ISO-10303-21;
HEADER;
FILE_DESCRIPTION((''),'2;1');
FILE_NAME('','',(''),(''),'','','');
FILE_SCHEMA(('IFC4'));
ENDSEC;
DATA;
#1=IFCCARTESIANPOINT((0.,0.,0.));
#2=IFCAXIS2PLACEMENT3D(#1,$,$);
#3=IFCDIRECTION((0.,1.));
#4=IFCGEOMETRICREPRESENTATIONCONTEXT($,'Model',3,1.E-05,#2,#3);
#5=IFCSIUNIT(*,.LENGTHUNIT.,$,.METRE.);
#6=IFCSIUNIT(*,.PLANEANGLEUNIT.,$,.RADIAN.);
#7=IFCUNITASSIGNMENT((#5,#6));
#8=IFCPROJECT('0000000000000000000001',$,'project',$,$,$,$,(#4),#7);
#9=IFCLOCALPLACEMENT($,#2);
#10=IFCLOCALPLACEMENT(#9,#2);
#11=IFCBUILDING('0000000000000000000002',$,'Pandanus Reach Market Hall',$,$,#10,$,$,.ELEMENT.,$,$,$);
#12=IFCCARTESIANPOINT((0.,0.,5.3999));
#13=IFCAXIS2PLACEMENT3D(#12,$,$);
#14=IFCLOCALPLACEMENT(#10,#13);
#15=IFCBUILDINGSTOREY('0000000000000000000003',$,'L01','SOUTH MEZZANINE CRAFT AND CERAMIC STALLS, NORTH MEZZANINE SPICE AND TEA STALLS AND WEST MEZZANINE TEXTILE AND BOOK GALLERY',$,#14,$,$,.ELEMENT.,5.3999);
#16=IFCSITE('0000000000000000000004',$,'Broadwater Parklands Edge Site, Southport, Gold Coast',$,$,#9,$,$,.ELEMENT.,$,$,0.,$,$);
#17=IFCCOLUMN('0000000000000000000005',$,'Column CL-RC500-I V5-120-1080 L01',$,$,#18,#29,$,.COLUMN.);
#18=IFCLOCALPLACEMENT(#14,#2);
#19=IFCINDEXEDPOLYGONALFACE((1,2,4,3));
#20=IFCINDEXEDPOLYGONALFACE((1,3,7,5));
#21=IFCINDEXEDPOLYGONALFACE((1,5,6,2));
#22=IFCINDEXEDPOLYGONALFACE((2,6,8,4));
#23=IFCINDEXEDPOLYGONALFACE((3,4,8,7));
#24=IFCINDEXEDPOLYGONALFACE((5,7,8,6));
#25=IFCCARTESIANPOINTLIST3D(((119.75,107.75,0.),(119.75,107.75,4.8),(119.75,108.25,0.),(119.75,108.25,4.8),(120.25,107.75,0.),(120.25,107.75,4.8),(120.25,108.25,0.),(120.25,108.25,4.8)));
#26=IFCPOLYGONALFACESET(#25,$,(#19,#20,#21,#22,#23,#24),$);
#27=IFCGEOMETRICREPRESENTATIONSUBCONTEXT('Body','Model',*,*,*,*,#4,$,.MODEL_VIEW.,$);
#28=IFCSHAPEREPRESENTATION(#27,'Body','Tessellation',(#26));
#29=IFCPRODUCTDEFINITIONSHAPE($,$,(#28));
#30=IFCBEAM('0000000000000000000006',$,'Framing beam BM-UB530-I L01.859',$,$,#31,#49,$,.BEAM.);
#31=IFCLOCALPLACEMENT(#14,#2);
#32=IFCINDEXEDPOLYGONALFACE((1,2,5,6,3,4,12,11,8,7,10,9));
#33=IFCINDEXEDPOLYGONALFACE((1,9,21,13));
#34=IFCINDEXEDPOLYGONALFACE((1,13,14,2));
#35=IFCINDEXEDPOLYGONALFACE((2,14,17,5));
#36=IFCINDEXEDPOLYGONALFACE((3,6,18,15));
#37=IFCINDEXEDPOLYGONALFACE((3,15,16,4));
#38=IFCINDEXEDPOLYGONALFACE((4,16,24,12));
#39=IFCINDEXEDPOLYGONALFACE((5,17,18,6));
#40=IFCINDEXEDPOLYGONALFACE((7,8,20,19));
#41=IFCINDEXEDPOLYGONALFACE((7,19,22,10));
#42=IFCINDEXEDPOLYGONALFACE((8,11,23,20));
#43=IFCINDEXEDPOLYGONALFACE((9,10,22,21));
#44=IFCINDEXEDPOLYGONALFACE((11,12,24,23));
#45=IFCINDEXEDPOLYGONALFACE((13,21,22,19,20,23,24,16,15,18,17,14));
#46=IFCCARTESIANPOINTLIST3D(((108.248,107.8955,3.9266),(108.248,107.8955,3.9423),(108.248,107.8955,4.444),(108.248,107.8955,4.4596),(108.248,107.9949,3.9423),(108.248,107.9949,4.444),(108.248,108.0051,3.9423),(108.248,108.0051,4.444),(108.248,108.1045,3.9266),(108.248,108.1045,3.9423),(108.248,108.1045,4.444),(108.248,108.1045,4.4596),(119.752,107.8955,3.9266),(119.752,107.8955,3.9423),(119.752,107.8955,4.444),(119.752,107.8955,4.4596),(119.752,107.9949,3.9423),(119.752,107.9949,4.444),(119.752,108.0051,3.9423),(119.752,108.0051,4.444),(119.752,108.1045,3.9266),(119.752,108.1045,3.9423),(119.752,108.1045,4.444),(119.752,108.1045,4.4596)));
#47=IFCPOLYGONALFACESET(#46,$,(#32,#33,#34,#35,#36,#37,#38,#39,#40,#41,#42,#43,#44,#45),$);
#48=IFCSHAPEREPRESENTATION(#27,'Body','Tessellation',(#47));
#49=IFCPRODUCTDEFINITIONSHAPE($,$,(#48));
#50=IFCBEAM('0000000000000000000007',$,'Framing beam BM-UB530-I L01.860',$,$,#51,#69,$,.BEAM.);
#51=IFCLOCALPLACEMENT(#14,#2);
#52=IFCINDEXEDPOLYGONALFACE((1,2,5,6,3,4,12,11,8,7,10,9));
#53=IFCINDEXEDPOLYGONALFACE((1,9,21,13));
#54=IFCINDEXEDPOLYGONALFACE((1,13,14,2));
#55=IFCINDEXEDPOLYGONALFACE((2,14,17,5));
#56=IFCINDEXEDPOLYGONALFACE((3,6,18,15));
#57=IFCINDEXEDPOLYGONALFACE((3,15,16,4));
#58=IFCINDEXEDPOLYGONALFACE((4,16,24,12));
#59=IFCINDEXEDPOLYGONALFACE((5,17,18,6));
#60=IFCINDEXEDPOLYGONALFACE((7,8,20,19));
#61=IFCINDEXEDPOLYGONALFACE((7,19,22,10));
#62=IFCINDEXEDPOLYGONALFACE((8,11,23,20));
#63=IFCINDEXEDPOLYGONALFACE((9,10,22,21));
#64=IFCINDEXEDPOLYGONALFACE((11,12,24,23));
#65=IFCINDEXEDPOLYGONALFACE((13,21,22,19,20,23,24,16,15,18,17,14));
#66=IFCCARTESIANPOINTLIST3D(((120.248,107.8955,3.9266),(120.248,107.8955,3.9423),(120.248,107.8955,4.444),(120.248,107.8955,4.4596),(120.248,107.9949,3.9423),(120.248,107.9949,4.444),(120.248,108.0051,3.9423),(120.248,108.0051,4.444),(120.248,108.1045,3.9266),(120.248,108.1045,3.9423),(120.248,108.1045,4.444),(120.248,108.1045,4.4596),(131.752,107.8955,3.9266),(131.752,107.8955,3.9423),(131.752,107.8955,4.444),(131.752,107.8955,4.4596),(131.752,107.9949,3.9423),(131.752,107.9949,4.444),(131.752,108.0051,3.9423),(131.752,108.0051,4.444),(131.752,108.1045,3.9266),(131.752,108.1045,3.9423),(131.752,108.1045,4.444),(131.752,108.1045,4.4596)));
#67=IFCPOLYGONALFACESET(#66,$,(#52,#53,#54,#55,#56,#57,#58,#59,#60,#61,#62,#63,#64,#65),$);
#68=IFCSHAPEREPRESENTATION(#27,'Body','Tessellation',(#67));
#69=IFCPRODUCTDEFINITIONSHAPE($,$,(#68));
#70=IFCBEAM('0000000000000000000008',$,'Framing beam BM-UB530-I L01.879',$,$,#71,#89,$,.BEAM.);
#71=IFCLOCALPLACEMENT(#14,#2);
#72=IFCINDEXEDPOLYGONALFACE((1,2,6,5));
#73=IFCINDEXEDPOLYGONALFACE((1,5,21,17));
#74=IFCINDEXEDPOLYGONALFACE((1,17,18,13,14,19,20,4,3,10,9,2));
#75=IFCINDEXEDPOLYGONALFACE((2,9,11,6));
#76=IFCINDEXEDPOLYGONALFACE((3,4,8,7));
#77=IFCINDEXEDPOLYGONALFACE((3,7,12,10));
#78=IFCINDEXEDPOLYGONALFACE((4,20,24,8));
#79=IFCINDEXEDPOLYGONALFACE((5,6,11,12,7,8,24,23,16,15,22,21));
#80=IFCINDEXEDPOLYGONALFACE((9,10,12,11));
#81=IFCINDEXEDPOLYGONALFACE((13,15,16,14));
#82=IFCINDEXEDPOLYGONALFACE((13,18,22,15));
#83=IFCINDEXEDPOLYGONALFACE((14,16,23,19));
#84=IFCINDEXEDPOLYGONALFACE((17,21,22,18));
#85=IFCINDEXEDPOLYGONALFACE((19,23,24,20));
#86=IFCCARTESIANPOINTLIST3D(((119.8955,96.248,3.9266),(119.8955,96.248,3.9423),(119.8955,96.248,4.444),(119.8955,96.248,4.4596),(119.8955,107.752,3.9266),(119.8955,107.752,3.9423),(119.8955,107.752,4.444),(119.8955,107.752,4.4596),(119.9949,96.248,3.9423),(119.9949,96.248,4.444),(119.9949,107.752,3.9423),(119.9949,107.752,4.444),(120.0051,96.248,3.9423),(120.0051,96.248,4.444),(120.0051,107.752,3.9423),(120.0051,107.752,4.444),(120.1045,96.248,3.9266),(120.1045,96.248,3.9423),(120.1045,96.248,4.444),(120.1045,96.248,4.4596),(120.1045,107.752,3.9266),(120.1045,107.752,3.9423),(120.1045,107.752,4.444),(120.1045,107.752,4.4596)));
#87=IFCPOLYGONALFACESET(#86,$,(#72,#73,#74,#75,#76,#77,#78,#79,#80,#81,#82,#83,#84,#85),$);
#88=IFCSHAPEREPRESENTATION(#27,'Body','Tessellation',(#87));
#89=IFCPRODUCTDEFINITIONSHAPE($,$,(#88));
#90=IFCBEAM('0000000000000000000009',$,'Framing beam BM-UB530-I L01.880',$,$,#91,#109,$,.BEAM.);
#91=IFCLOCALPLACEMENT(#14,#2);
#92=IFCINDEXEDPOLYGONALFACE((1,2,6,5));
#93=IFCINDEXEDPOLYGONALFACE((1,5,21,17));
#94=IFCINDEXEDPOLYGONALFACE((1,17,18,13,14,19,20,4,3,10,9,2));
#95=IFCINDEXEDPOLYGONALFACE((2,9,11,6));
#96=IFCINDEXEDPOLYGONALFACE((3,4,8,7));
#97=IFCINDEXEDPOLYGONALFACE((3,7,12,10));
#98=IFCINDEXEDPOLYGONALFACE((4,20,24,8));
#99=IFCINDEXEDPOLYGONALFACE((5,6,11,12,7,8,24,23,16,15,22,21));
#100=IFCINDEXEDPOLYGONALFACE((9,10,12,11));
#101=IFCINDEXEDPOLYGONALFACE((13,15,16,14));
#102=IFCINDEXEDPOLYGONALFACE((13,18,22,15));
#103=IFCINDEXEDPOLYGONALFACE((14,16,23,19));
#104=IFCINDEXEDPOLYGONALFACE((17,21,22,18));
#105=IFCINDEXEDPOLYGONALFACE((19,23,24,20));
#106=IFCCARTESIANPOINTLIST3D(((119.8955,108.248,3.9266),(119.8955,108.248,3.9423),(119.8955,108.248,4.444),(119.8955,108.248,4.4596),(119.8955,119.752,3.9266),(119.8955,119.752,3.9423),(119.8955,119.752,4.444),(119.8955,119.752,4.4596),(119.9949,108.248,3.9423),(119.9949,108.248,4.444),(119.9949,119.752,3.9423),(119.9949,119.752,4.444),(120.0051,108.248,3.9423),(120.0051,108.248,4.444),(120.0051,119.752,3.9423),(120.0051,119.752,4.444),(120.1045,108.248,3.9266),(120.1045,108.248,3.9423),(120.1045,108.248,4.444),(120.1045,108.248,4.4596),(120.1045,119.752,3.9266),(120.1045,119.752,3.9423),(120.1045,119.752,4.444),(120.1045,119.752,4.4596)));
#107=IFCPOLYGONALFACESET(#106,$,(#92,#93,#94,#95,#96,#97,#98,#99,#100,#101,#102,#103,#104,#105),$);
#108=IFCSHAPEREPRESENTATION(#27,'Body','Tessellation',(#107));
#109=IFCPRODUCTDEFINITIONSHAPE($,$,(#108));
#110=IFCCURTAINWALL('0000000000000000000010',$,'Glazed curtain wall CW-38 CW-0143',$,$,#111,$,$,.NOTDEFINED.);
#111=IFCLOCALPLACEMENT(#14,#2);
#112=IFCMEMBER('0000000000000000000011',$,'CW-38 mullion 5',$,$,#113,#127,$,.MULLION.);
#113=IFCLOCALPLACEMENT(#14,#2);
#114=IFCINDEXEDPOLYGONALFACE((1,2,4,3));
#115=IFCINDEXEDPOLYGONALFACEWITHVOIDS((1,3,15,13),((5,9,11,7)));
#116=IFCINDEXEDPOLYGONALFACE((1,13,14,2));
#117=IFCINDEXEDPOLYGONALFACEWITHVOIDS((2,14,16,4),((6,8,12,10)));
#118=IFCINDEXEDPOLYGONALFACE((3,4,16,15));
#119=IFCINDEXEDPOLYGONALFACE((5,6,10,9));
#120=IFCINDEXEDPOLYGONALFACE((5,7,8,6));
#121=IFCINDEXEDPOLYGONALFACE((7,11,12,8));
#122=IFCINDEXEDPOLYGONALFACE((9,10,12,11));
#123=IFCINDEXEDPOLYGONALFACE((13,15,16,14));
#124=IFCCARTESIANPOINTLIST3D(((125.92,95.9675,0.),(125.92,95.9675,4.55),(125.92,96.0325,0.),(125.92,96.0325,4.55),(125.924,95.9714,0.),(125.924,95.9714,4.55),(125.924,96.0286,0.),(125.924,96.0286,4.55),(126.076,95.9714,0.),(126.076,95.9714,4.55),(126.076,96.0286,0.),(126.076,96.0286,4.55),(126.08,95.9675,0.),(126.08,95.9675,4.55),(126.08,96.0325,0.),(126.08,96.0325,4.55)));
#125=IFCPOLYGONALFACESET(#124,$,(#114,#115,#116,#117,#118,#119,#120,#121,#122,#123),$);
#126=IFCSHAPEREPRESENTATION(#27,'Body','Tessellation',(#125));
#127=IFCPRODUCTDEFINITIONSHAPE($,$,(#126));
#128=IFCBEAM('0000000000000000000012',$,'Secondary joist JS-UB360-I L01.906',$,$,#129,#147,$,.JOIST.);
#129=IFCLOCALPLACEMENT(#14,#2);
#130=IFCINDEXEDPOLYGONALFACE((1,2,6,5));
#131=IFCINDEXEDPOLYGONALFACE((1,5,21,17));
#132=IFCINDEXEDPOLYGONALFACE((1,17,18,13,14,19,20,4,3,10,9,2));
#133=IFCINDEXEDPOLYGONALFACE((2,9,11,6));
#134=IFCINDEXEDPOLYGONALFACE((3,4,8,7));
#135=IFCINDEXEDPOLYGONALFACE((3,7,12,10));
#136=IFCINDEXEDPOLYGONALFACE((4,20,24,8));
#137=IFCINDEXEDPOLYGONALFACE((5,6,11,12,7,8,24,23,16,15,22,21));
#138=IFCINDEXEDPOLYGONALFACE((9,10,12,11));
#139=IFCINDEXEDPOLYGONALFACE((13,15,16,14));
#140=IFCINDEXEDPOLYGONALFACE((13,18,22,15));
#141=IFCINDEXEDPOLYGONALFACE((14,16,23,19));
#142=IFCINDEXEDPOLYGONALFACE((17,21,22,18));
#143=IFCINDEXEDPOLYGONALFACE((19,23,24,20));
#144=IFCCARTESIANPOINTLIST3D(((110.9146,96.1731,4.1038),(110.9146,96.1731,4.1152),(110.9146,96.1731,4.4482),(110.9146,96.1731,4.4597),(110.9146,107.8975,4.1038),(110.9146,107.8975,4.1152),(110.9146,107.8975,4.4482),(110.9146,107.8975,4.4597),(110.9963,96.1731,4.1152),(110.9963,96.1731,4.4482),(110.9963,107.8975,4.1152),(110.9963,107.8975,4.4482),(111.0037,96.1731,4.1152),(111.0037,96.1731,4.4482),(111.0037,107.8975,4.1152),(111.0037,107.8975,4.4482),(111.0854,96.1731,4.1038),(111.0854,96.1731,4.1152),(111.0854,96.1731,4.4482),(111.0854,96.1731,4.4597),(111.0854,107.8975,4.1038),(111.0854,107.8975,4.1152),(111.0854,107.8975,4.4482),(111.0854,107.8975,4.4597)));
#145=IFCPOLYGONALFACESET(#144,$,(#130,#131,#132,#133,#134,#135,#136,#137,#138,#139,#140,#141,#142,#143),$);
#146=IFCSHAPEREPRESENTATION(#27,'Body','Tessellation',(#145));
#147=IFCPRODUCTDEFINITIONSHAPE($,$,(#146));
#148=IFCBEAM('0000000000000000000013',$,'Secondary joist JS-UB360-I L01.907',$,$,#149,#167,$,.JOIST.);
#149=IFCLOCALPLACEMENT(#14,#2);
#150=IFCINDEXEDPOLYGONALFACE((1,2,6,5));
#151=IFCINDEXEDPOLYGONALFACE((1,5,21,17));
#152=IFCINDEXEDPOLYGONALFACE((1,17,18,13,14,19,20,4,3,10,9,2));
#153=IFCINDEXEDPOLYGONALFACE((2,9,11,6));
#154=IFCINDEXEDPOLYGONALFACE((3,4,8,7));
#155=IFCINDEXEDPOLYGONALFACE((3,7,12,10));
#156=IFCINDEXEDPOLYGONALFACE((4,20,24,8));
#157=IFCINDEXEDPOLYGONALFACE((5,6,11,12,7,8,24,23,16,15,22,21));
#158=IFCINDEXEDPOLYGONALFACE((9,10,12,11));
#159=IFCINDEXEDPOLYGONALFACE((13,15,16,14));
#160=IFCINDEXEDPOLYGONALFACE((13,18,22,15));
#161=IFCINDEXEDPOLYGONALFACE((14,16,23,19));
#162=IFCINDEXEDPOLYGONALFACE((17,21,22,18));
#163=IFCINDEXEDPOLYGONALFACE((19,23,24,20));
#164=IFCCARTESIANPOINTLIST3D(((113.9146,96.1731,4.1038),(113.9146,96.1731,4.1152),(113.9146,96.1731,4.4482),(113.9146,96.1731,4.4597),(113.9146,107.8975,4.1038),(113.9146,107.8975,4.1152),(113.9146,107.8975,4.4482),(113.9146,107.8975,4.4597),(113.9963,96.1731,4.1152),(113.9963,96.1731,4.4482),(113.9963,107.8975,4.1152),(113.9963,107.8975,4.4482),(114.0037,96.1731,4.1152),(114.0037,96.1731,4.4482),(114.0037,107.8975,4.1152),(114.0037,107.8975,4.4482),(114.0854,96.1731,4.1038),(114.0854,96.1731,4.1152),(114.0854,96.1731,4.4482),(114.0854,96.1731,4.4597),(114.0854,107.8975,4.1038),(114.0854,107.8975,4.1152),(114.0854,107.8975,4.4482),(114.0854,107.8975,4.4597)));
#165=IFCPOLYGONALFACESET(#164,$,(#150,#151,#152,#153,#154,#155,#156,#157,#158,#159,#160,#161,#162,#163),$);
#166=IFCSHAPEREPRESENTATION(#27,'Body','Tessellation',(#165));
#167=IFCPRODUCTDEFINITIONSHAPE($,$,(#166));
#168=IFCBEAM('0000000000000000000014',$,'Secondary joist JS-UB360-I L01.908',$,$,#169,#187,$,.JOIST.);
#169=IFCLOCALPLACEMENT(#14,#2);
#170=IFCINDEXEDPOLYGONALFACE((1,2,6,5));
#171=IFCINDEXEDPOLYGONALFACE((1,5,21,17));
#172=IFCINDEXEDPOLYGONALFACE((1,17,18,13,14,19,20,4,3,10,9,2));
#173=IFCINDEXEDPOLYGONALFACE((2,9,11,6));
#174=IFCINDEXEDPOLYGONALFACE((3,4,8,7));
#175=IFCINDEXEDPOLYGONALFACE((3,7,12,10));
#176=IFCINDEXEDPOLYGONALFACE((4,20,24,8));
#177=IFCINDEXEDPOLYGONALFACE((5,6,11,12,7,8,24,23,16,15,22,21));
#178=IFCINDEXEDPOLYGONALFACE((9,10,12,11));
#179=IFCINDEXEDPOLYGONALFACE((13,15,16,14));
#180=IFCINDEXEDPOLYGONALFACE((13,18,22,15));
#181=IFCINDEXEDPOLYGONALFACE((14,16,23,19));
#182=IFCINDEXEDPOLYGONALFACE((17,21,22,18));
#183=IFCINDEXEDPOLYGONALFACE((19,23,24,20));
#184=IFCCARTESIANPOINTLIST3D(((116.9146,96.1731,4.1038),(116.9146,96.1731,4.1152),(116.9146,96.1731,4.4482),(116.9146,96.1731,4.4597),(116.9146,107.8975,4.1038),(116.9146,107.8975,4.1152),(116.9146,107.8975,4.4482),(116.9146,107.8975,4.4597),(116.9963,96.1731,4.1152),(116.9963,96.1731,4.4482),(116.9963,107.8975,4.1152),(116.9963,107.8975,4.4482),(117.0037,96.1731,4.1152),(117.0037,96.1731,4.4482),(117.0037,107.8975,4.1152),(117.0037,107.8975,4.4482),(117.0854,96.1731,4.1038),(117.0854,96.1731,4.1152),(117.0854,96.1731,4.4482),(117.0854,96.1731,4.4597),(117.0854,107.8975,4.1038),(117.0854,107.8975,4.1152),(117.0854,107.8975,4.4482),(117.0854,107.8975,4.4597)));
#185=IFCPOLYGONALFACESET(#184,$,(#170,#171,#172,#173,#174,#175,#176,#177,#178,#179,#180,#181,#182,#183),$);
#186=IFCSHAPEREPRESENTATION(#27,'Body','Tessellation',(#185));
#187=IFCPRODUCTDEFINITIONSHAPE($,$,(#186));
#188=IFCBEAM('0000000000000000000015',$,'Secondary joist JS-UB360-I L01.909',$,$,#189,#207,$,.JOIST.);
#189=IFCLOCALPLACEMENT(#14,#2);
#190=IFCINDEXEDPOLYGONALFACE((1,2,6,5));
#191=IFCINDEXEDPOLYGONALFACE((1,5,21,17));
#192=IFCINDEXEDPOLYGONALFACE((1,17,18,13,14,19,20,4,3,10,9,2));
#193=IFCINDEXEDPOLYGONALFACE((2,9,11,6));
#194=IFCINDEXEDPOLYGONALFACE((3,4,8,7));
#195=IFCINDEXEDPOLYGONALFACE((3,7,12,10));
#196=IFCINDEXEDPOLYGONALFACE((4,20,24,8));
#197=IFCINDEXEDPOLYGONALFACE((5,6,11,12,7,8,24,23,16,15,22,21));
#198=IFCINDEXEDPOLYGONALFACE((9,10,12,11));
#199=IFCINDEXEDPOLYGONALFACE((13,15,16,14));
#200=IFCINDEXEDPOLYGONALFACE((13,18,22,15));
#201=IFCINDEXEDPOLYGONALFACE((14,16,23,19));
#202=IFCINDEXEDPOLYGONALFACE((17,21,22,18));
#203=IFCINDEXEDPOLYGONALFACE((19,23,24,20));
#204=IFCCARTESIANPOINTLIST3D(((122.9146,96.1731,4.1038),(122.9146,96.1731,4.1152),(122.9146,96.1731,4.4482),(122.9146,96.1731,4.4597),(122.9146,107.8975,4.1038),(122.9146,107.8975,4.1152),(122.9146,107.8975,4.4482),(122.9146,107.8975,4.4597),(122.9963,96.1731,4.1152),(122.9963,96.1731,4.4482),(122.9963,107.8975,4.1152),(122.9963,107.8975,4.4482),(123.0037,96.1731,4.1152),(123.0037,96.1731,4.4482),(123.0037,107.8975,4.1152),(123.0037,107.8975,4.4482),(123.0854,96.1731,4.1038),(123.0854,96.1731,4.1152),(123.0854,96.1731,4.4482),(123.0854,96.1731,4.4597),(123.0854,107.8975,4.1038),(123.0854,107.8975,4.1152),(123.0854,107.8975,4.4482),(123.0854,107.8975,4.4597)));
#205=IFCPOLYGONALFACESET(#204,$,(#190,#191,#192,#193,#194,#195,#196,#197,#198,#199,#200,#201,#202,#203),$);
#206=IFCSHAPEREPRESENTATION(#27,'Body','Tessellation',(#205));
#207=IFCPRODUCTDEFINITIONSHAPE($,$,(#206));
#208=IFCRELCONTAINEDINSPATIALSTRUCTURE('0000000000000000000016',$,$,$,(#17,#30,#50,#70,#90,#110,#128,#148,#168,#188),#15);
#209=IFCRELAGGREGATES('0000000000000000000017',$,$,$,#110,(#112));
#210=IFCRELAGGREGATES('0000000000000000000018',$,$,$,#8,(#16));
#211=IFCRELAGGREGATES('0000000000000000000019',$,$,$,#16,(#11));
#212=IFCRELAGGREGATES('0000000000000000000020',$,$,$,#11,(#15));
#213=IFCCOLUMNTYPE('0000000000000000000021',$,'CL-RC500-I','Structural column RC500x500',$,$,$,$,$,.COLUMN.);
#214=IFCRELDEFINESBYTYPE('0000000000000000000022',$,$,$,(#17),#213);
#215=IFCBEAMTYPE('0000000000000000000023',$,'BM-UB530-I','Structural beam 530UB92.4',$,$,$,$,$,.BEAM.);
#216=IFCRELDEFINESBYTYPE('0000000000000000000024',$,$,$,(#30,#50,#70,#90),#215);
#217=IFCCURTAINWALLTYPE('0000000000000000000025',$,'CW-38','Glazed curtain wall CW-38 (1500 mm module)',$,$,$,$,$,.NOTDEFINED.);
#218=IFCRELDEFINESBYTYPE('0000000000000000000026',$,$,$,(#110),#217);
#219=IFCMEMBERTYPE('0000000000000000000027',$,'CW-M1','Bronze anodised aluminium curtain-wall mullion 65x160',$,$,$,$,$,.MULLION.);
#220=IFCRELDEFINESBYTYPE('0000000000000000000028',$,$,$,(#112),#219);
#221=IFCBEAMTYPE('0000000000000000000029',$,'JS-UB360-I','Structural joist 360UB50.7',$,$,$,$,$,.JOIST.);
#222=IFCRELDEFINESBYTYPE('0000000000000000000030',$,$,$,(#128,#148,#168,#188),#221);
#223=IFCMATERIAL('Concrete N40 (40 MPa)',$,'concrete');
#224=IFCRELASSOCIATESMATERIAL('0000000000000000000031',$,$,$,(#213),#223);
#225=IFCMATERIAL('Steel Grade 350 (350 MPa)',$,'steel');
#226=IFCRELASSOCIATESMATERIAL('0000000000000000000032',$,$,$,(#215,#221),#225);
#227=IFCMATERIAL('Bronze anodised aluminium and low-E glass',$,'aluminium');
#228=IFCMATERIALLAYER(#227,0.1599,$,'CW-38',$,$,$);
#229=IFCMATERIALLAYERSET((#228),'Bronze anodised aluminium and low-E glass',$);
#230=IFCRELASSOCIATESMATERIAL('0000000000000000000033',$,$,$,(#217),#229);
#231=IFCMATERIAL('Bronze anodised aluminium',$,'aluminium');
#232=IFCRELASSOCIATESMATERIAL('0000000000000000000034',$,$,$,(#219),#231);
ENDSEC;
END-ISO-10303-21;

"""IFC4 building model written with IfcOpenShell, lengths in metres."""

from ifc_helpers import new_model, si_unit, direction, frame, origin, origin_2d, place, context, subcontext, project, spatial, rectangle, hollow_rectangle, i_section, extrude, material, layer, layer_set, material_profile, profile_set, type_object, element, aggregate, save


model = new_model("IFC4")

# Units and contexts
model_context = context("Model", 3, precision=1e-05, world=origin(), true_north=direction((0.0, 1.0)))
body_context = subcontext(model_context, "Body", "Model", "MODEL_VIEW")
ifc_project = project(units=[si_unit("LENGTHUNIT", "METRE"), si_unit("PLANEANGLEUNIT", "RADIAN")], contexts=[model_context])

# Site, building, storey
site_placement = place(None, origin())
site = spatial("IfcSite", under=ifc_project, at=site_placement, Name="Broadwater Parklands Edge Site, Southport, Gold Coast", CompositionType="ELEMENT", RefElevation=0.0)
building_placement = place(site_placement, origin())
building = spatial("IfcBuilding", under=site, at=building_placement, Name="Pandanus Reach Market Hall", CompositionType="ELEMENT")
storey_placement = place(building_placement, frame((0.0, 0.0, 5.3999)))
storey = spatial("IfcBuildingStorey", under=building, at=storey_placement, Name="L01", Description="SOUTH MEZZANINE CRAFT AND CERAMIC STALLS, NORTH MEZZANINE SPICE AND TEA STALLS AND WEST MEZZANINE TEXTILE AND BOOK GALLERY", CompositionType="ELEMENT", Elevation=5.3999)

# Column
ifc_material_1 = material(Name="Concrete N40 (40 MPa)", Category="concrete")
ifc_material_profile_1 = material_profile(ifc_material_1, rectangle(XDim=0.5, YDim=0.5, at=origin_2d()), Name="RC500x500", Category="LoadBearing")
ifc_profile_set_1 = profile_set([ifc_material_profile_1], Name="Concrete N40 (40 MPa)")
column_type = type_object("IfcColumnType", Name="CL-RC500-I", Description="Structural column RC500x500", PredefinedType="COLUMN", material=ifc_profile_set_1)
column_placement = place(storey_placement, frame((120.0, 108.0, 0.0), z_axis=(0.0, 0.0, 1.0), x_axis=(1.0, 0.0, 0.0)))
element("IfcColumn", 1, at=column_placement, inside=storey, type_object=column_type, Name="Column CL-RC500-I V5-120-1080 L01", PredefinedType="COLUMN", context=body_context, shape_type="SweptSolid", body=[
    extrude(rectangle(XDim=0.5, YDim=0.5, at=origin_2d()), origin(), (0.0, 0.0, 1.0), 4.8),
])

# Beams
ifc_material_2 = material(Name="Steel Grade 350 (350 MPa)", Category="steel")
ifc_material_profile_2 = material_profile(ifc_material_2, i_section(OverallWidth=0.209, OverallDepth=0.533, WebThickness=0.0103, FlangeThickness=0.0156, at=origin_2d()), Name="530UB92.4", Category="LoadBearing")
ifc_profile_set_2 = profile_set([ifc_material_profile_2], Name="Steel Grade 350 (350 MPa)")
beam_type_1 = type_object("IfcBeamType", Name="BM-UB530-I", Description="Structural beam 530UB92.4", PredefinedType="BEAM", material=ifc_profile_set_2)
for number, where, z_axis, x_axis, name in (
    (2, (108.248, 108.0, 4.1931), (1.0, 0.0, 0.0), (0.0, 1.0, 0.0), "Framing beam BM-UB530-I L01.859"),
    (3, (120.248, 108.0, 4.1931), (1.0, 0.0, 0.0), (0.0, 1.0, 0.0), "Framing beam BM-UB530-I L01.860"),
    (4, (120.0, 96.248, 4.1931), (0.0, 1.0, 0.0), (-1.0, 0.0, 0.0), "Framing beam BM-UB530-I L01.879"),
    (5, (120.0, 108.248, 4.1931), (0.0, 1.0, 0.0), (-1.0, 0.0, 0.0), "Framing beam BM-UB530-I L01.880"),
):
    element("IfcBeam", number, at=place(storey_placement, frame(where, z_axis=z_axis, x_axis=x_axis)), inside=storey, type_object=beam_type_1, Name=name, PredefinedType="BEAM", context=body_context, shape_type="SweptSolid", body=[
        extrude(i_section(OverallWidth=0.209, OverallDepth=0.533, WebThickness=0.0103, FlangeThickness=0.0156, at=origin_2d()), origin(), (0.0, 0.0, 1.0), 11.5039),
    ])

# Curtain wall, member
ifc_material_3 = material(Name="Bronze anodised aluminium and low-E glass", Category="aluminium")
ifc_layer_1 = layer(ifc_material_3, 0.1599, Name="CW-38")
ifc_layer_set_1 = layer_set([ifc_layer_1], Name="Bronze anodised aluminium and low-E glass")
curtain_wall_type = type_object("IfcCurtainWallType", Name="CW-38", Description="Glazed curtain wall CW-38 (1500 mm module)", PredefinedType="NOTDEFINED", material=ifc_layer_set_1)
curtain_wall_placement = place(storey_placement, origin())
curtain_wall = element("IfcCurtainWall", 6, at=curtain_wall_placement, inside=storey, type_object=curtain_wall_type, Name="Glazed curtain wall CW-38 CW-0143", PredefinedType="NOTDEFINED")
ifc_material_4 = material(Name="Bronze anodised aluminium", Category="aluminium")
ifc_material_profile_3 = material_profile(ifc_material_4, hollow_rectangle(XDim=0.0649, YDim=0.1599, WallThickness=0.0039, at=origin_2d()), Name="ALU65x160", Category="LoadBearing")
ifc_profile_set_3 = profile_set([ifc_material_profile_3], Name="Bronze anodised aluminium")
member_type = type_object("IfcMemberType", Name="CW-M1", Description="Bronze anodised aluminium curtain-wall mullion 65x160", PredefinedType="MULLION", material=ifc_profile_set_3)
member_placement = place(storey_placement, frame((126.0, 96.0, 0.0), z_axis=(0.0, 0.0, 1.0), x_axis=(0.0, 1.0, 0.0)))
member = element("IfcMember", 7, at=member_placement, type_object=member_type, Name="CW-38 mullion 5", PredefinedType="MULLION", context=body_context, shape_type="SweptSolid", body=[
    extrude(hollow_rectangle(XDim=0.0649, YDim=0.1599, WallThickness=0.0039, at=origin_2d()), origin(), (0.0, 0.0, 1.0), 4.55),
])
aggregate(curtain_wall, [member])

# Beams
ifc_material_profile_4 = material_profile(ifc_material_2, i_section(OverallWidth=0.1709, OverallDepth=0.356, WebThickness=0.0073, FlangeThickness=0.0115, at=origin_2d()), Name="360UB50.7", Category="LoadBearing")
ifc_profile_set_4 = profile_set([ifc_material_profile_4], Name="Steel Grade 350 (350 MPa)")
beam_type_2 = type_object("IfcBeamType", Name="JS-UB360-I", Description="Structural joist 360UB50.7", PredefinedType="JOIST", material=ifc_profile_set_4)
for number, where, z_axis, x_axis, name in (
    (8, (111.0, 96.1731, 4.2817), (0.0, 1.0, 0.0), (-1.0, 0.0, 0.0), "Secondary joist JS-UB360-I L01.906"),
    (9, (114.0, 96.1731, 4.2817), (0.0, 1.0, 0.0), (-1.0, 0.0, 0.0), "Secondary joist JS-UB360-I L01.907"),
    (10, (117.0, 96.1731, 4.2817), (0.0, 1.0, 0.0), (-1.0, 0.0, 0.0), "Secondary joist JS-UB360-I L01.908"),
    (11, (123.0, 96.1731, 4.2817), (0.0, 1.0, 0.0), (-1.0, 0.0, 0.0), "Secondary joist JS-UB360-I L01.909"),
):
    element("IfcBeam", number, at=place(storey_placement, frame(where, z_axis=z_axis, x_axis=x_axis)), inside=storey, type_object=beam_type_2, Name=name, PredefinedType="JOIST", context=body_context, shape_type="SweptSolid", body=[
        extrude(i_section(OverallWidth=0.1709, OverallDepth=0.356, WebThickness=0.0073, FlangeThickness=0.0115, at=origin_2d()), origin(), (0.0, 0.0, 1.0), 11.7244),
    ])

save(model, "model.ifc")
